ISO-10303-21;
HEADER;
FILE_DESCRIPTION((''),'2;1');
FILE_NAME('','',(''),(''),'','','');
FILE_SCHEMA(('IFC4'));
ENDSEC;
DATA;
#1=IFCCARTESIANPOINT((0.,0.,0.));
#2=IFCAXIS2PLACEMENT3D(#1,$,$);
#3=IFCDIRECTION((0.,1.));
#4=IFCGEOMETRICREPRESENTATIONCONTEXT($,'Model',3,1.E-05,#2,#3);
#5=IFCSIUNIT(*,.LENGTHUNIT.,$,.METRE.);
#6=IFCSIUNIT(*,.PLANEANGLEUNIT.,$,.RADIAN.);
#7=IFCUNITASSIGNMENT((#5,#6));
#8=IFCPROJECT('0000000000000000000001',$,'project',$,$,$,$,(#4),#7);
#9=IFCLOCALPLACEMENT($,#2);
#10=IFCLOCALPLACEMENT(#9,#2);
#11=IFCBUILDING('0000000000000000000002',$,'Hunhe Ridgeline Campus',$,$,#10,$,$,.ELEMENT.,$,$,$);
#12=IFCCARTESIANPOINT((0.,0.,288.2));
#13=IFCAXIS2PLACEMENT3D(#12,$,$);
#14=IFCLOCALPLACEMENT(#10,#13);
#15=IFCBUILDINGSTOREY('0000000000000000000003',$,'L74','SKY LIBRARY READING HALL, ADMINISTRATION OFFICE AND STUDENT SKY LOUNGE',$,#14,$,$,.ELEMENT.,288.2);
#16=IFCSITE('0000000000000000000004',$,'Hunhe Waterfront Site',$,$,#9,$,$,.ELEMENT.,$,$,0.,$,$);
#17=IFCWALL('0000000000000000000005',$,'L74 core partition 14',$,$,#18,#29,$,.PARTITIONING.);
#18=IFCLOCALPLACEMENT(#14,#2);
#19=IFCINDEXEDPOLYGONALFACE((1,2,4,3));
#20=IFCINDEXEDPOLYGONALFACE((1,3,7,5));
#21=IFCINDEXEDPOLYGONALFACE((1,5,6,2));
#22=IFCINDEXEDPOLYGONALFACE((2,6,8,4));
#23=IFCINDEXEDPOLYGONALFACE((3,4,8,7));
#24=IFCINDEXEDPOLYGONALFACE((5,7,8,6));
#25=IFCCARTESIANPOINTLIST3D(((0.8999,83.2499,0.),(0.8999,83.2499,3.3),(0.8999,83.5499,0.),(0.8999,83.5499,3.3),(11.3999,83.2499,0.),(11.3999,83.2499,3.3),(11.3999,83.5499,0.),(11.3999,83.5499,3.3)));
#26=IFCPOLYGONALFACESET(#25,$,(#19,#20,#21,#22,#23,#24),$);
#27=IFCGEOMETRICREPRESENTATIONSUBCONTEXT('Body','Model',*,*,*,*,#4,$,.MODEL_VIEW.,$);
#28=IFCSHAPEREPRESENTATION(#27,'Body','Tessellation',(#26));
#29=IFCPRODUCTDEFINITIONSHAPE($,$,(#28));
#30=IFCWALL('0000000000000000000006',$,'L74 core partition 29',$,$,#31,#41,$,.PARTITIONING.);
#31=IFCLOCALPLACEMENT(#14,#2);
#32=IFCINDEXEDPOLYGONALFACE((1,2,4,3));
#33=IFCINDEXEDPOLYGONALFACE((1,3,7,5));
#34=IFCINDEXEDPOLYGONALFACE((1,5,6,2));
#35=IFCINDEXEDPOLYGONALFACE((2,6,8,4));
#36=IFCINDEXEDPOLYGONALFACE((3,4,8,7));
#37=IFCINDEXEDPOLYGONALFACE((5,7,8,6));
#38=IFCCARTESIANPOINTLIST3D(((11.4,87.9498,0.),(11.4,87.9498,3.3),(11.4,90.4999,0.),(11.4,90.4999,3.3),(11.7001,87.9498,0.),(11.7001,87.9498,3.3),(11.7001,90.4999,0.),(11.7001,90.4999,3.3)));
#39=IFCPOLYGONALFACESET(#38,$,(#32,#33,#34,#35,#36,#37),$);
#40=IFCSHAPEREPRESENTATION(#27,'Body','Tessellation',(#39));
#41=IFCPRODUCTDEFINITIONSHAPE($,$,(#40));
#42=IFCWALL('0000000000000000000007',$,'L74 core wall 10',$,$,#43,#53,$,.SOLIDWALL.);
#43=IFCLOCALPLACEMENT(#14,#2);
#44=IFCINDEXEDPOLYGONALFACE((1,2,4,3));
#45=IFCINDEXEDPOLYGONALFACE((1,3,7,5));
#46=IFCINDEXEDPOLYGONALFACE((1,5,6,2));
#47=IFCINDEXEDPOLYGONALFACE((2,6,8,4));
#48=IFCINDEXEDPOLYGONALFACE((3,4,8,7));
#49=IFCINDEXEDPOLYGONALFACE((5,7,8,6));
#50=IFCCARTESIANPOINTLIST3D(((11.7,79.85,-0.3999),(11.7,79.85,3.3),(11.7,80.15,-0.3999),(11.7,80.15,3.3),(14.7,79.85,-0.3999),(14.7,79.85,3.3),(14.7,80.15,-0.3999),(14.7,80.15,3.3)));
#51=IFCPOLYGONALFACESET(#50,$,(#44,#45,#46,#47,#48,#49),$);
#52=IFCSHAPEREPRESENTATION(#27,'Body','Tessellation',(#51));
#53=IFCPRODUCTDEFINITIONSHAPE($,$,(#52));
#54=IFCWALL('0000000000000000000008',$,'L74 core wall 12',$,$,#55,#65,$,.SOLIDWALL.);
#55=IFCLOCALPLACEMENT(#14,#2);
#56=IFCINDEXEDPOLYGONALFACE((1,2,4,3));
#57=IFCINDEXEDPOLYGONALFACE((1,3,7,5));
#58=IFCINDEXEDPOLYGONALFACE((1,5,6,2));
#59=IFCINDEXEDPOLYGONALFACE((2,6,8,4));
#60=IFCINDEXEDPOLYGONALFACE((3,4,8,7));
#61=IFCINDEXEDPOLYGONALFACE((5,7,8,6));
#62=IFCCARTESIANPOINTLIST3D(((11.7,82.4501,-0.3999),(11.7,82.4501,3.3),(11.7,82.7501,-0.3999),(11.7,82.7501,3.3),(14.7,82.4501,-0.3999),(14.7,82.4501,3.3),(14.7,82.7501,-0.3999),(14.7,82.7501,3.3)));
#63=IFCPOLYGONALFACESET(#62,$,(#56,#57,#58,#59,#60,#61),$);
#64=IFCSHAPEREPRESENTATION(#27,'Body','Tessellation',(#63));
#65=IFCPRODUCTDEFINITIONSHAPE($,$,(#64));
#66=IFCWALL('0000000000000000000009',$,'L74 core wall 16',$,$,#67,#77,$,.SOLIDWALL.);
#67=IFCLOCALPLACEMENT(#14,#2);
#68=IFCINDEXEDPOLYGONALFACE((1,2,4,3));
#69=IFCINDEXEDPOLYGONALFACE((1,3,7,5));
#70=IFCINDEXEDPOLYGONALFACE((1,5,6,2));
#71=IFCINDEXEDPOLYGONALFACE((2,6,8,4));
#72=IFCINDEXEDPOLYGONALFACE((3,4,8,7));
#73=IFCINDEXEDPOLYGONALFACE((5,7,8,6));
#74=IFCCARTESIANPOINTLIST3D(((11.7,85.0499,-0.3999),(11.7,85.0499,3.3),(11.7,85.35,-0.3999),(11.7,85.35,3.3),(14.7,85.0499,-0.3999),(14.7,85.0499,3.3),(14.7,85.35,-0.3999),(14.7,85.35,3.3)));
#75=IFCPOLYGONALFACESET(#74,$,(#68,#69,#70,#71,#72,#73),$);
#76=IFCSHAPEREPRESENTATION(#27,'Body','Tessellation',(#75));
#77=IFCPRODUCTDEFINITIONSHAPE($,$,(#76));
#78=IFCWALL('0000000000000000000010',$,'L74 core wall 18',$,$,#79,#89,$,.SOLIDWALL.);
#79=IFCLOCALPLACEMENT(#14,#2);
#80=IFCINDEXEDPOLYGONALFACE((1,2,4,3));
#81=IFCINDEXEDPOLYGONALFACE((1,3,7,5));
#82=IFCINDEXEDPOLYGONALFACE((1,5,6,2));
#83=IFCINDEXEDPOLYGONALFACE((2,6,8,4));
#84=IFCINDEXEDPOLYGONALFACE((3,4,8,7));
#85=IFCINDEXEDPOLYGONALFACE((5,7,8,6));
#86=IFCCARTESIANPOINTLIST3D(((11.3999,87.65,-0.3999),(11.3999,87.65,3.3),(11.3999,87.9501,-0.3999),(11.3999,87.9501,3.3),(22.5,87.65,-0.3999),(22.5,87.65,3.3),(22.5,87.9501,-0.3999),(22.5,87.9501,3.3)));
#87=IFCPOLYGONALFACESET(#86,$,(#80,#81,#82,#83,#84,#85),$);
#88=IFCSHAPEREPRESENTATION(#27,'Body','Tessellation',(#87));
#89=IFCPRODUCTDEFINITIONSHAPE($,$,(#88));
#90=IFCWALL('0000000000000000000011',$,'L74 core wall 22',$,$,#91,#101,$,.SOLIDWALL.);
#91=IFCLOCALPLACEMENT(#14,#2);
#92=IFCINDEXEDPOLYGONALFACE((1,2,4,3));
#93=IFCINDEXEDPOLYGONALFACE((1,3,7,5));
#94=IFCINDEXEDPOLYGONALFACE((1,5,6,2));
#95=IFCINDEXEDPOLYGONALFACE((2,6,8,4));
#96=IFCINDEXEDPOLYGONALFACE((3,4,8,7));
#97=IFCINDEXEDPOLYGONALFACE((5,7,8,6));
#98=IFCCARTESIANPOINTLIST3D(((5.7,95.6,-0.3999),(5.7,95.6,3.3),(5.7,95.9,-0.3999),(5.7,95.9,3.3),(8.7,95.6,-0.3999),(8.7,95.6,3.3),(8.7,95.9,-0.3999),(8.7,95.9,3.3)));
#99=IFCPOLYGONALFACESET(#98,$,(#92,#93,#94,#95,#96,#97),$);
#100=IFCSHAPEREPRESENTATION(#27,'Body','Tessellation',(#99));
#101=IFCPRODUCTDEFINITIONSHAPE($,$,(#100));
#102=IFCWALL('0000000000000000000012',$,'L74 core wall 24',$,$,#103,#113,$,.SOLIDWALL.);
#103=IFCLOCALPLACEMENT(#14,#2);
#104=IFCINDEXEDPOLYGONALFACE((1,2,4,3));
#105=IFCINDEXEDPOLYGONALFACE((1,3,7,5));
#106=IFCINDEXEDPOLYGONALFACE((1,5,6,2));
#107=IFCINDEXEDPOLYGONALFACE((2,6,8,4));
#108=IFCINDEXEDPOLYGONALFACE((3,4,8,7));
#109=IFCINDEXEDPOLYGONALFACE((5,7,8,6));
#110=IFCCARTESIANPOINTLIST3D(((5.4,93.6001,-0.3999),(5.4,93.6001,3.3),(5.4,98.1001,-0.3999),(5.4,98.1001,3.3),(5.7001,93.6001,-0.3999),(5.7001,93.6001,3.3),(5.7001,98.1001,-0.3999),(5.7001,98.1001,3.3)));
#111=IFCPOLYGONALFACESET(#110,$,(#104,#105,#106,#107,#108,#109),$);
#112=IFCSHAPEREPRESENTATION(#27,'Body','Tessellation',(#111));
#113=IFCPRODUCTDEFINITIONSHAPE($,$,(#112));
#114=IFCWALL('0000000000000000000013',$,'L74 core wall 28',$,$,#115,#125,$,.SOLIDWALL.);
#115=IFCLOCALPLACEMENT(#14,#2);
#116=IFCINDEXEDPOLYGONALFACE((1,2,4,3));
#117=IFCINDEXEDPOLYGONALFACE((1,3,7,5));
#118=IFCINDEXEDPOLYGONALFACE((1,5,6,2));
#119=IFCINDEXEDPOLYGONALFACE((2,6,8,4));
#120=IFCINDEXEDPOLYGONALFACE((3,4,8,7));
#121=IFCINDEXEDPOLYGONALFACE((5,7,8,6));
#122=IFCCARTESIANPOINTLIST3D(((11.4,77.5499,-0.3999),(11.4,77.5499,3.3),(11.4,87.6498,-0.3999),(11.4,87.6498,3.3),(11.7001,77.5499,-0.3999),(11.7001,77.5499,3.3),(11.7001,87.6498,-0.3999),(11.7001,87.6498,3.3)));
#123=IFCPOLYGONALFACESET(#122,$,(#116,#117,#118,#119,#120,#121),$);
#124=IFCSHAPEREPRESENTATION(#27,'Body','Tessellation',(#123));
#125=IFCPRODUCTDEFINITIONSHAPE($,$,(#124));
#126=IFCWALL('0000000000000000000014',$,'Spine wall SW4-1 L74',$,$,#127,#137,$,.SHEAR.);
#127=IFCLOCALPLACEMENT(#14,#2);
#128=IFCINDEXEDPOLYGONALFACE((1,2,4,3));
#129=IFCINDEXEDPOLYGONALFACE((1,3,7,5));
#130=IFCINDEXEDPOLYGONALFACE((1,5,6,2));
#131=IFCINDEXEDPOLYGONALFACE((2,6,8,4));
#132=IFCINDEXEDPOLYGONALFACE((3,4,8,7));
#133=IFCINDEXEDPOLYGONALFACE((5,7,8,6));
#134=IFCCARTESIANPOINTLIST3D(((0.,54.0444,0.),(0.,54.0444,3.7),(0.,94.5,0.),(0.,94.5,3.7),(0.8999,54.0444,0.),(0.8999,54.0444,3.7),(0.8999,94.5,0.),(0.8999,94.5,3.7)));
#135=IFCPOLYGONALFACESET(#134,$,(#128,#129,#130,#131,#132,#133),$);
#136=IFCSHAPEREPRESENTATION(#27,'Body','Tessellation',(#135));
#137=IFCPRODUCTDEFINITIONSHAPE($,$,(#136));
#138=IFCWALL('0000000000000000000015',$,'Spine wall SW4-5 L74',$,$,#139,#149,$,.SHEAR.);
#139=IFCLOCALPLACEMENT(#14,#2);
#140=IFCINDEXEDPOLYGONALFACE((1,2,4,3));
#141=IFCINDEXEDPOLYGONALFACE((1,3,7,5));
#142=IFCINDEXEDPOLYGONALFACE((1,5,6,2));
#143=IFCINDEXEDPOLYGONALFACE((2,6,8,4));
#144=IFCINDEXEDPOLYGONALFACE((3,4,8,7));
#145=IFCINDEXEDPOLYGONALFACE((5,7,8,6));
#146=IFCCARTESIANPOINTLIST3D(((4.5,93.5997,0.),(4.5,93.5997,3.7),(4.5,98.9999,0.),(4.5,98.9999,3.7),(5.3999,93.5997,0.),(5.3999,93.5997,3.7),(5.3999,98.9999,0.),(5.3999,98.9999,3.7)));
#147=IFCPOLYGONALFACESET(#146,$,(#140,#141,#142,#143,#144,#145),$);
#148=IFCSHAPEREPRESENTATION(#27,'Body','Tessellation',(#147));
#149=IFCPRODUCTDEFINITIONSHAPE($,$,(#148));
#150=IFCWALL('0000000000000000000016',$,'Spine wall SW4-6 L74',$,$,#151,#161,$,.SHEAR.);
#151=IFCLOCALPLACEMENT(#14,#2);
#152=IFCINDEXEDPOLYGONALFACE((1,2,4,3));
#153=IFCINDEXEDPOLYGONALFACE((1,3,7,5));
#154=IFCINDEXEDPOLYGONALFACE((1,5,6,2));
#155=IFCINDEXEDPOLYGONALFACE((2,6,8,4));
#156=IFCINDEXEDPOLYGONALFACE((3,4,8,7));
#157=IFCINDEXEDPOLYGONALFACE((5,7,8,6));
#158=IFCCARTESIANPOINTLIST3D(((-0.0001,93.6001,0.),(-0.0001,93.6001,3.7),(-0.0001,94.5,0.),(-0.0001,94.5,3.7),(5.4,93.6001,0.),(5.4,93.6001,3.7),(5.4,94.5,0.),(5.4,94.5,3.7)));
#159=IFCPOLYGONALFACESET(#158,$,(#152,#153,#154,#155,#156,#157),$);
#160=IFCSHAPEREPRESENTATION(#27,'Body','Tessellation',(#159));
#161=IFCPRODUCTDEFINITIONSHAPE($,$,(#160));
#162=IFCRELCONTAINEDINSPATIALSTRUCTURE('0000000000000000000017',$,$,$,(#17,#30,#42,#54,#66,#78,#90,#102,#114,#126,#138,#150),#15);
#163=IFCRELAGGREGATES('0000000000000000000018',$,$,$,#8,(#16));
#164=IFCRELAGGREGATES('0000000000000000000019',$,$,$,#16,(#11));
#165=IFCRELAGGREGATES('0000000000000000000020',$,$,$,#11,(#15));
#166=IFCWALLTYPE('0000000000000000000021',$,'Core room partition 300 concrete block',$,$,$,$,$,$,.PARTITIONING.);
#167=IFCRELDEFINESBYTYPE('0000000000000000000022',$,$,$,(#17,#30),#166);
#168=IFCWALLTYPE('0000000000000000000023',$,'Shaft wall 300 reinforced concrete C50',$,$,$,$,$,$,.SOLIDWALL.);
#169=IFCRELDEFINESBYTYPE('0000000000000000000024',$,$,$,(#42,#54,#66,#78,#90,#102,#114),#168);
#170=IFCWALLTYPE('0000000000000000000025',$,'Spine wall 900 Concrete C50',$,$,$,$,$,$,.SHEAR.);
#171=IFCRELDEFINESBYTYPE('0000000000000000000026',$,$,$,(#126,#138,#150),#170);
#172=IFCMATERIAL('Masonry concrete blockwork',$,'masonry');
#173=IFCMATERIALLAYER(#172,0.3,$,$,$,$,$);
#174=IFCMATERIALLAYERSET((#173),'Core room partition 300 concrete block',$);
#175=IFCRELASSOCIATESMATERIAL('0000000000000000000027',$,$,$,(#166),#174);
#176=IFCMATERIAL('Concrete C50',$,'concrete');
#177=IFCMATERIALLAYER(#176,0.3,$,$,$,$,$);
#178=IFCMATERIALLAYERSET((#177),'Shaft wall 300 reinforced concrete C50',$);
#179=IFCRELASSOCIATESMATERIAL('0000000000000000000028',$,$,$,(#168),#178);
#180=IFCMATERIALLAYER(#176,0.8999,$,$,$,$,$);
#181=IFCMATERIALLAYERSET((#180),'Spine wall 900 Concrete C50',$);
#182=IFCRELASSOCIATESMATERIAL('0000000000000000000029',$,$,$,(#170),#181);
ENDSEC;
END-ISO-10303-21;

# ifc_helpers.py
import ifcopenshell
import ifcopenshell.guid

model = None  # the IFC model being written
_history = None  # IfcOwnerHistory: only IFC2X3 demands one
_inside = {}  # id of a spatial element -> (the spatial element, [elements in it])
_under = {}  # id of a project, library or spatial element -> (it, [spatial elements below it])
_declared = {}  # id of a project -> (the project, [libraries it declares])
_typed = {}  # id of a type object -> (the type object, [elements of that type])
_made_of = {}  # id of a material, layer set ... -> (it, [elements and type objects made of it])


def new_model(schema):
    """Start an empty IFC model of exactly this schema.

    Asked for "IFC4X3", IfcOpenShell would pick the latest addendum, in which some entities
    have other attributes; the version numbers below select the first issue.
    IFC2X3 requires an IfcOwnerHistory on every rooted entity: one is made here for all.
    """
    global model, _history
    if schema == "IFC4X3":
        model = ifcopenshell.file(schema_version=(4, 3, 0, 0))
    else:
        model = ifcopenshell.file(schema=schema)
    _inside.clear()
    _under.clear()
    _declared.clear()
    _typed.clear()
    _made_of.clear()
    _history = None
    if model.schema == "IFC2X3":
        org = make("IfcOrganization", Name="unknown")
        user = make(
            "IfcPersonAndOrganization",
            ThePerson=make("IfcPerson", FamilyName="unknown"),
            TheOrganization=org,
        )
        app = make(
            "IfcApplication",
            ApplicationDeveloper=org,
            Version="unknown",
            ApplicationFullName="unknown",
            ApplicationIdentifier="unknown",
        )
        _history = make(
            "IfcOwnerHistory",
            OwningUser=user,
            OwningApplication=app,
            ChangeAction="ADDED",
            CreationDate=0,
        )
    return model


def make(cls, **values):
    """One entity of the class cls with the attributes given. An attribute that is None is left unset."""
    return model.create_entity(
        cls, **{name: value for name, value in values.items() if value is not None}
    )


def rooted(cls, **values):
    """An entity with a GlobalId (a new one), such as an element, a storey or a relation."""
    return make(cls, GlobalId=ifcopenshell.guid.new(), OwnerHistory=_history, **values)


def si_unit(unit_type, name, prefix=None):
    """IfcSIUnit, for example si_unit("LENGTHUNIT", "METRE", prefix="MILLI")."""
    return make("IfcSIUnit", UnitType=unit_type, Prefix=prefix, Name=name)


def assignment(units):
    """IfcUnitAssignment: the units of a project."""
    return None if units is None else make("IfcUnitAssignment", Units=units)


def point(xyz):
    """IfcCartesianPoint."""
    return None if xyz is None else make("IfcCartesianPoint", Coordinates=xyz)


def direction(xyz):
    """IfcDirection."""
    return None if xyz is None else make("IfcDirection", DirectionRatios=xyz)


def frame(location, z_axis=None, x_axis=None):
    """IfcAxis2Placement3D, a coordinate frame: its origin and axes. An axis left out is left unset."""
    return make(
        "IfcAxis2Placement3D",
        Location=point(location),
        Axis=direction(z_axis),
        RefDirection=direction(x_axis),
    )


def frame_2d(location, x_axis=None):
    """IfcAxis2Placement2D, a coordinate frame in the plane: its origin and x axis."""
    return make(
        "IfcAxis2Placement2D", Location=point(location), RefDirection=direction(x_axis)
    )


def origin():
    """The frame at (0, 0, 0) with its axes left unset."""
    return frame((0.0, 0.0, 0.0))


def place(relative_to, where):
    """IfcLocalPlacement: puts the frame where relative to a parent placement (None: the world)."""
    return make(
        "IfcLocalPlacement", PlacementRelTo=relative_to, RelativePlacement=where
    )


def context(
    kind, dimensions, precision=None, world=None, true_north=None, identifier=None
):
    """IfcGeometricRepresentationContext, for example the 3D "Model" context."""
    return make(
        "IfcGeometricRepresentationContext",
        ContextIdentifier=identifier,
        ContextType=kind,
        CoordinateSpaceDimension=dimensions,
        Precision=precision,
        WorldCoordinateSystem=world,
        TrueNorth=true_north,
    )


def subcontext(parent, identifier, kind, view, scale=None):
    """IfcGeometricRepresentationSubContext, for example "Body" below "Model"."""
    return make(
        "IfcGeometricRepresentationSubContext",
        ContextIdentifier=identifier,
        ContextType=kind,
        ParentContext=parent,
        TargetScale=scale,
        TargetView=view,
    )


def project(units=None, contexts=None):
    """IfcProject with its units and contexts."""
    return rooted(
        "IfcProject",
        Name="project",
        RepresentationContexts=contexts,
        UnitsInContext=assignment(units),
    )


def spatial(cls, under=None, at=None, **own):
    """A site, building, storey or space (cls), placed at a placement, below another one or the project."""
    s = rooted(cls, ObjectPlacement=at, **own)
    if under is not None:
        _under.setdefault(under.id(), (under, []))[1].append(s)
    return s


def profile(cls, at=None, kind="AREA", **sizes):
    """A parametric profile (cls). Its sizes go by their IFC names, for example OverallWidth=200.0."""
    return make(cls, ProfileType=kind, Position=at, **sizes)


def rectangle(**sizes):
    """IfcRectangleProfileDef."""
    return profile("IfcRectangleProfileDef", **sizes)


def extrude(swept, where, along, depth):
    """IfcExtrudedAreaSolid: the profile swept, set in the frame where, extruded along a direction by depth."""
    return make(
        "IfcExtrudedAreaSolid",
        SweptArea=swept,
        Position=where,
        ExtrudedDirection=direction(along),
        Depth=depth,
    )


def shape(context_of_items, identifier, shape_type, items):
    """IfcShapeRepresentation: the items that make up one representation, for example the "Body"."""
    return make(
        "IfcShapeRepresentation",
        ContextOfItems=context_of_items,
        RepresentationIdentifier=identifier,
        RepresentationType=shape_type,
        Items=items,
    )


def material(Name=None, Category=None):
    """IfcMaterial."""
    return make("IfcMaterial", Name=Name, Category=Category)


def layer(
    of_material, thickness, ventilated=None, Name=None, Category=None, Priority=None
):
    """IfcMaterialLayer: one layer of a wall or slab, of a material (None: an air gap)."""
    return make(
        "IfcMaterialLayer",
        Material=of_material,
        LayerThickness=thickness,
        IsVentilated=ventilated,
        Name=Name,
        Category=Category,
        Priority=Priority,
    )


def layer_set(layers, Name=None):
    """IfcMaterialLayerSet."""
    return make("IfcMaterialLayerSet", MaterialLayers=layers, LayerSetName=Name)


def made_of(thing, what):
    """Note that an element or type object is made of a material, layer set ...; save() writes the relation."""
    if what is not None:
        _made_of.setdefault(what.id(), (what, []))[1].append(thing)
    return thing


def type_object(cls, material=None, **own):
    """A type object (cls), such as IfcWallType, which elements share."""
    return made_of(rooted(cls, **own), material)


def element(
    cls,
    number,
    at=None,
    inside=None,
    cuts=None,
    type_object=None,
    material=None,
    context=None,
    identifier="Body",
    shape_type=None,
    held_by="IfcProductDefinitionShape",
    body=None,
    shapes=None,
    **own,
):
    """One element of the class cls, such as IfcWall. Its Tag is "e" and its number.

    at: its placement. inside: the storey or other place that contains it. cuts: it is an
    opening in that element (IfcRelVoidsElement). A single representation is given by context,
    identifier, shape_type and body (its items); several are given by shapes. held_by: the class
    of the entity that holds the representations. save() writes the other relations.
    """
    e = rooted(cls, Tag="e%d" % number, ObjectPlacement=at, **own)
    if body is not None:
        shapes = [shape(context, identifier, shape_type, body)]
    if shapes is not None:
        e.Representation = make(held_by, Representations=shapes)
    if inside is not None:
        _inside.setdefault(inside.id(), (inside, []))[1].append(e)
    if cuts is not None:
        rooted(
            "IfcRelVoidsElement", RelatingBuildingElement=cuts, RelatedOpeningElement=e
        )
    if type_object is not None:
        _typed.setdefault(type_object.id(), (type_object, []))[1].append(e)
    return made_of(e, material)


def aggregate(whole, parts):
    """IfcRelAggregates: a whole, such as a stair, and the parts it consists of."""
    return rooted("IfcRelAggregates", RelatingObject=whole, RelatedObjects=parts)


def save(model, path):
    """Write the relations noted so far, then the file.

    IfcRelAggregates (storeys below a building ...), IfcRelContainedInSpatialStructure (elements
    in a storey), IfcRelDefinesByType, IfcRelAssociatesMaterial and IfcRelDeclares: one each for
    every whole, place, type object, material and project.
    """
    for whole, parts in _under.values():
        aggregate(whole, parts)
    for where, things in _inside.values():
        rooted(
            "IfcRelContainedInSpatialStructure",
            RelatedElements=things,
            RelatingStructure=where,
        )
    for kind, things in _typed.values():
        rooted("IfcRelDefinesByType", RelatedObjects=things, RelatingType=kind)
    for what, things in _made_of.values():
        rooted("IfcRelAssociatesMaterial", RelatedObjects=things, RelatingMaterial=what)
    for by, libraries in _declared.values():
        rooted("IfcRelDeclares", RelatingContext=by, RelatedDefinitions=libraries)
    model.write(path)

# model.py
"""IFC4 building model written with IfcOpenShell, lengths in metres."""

from ifc_helpers import new_model, si_unit, direction, frame, frame_2d, origin, place, context, subcontext, project, spatial, rectangle, extrude, material, layer, layer_set, type_object, element, save


model = new_model("IFC4")

# Units and contexts
model_context = context("Model", 3, precision=1e-05, world=origin(), true_north=direction((0.0, 1.0)))
body_context = subcontext(model_context, "Body", "Model", "MODEL_VIEW")
ifc_project = project(units=[si_unit("LENGTHUNIT", "METRE"), si_unit("PLANEANGLEUNIT", "RADIAN")], contexts=[model_context])

# Site, building, storey
site_placement = place(None, origin())
site = spatial("IfcSite", under=ifc_project, at=site_placement, Name="Hunhe Waterfront Site", CompositionType="ELEMENT", RefElevation=0.0)
building_placement = place(site_placement, origin())
building = spatial("IfcBuilding", under=site, at=building_placement, Name="Hunhe Ridgeline Campus", CompositionType="ELEMENT")
storey_placement = place(building_placement, frame((0.0, 0.0, 288.2)))
storey = spatial("IfcBuildingStorey", under=building, at=storey_placement, Name="L74", Description="SKY LIBRARY READING HALL, ADMINISTRATION OFFICE AND STUDENT SKY LOUNGE", CompositionType="ELEMENT", Elevation=288.2)

# Walls
ifc_material_1 = material(Name="Masonry concrete blockwork", Category="masonry")
ifc_layer_1 = layer(ifc_material_1, 0.3)
ifc_layer_set_1 = layer_set([ifc_layer_1], Name="Core room partition 300 concrete block")
wall_type_1 = type_object("IfcWallType", Name="Core room partition 300 concrete block", PredefinedType="PARTITIONING", material=ifc_layer_set_1)
wall_1_placement = place(storey_placement, frame((0.8999, 83.3999, 0.0), z_axis=(0.0, 0.0, 1.0), x_axis=(1.0, 0.0, 0.0)))
element("IfcWall", 1, at=wall_1_placement, inside=storey, type_object=wall_type_1, Name="L74 core partition 14", PredefinedType="PARTITIONING", context=body_context, shape_type="SweptSolid", body=[
    extrude(rectangle(XDim=10.5, YDim=0.3, at=frame_2d((5.25, 0.0))), origin(), (0.0, 0.0, 1.0), 3.3),
])
wall_2_placement = place(storey_placement, frame((11.55, 87.95, 0.0), z_axis=(0.0, 0.0, 1.0), x_axis=(0.0, 1.0, 0.0)))
element("IfcWall", 2, at=wall_2_placement, inside=storey, type_object=wall_type_1, Name="L74 core partition 29", PredefinedType="PARTITIONING", context=body_context, shape_type="SweptSolid", body=[
    extrude(rectangle(XDim=2.55, YDim=0.3, at=frame_2d((1.2749, 0.0))), origin(), (0.0, 0.0, 1.0), 3.3),
])

# Shared definitions
ifc_material_2 = material(Name="Concrete C50", Category="concrete")

# Walls
ifc_layer_2 = layer(ifc_material_2, 0.3)
ifc_layer_set_2 = layer_set([ifc_layer_2], Name="Shaft wall 300 reinforced concrete C50")
wall_type_2 = type_object("IfcWallType", Name="Shaft wall 300 reinforced concrete C50", PredefinedType="SOLIDWALL", material=ifc_layer_set_2)
for number, where, z_axis, x_axis, name in (
    (3, (11.7, 80.0, -0.3999), (0.0, 0.0, 1.0), (1.0, 0.0, 0.0), "L74 core wall 10"),
    (4, (11.7, 82.6001, -0.3999), (0.0, 0.0, 1.0), (1.0, 0.0, 0.0), "L74 core wall 12"),
    (5, (11.7, 85.2, -0.3999), (0.0, 0.0, 1.0), (1.0, 0.0, 0.0), "L74 core wall 16"),
):
    element("IfcWall", number, at=place(storey_placement, frame(where, z_axis=z_axis, x_axis=x_axis)), inside=storey, type_object=wall_type_2, Name=name, PredefinedType="SOLIDWALL", context=body_context, shape_type="SweptSolid", body=[
        extrude(rectangle(XDim=3.0, YDim=0.3, at=frame_2d((1.5, 0.0))), origin(), (0.0, 0.0, 1.0), 3.7),
    ])
wall_3_placement = place(storey_placement, frame((11.3999, 87.8, -0.3999), z_axis=(0.0, 0.0, 1.0), x_axis=(1.0, 0.0, 0.0)))
element("IfcWall", 6, at=wall_3_placement, inside=storey, type_object=wall_type_2, Name="L74 core wall 18", PredefinedType="SOLIDWALL", context=body_context, shape_type="SweptSolid", body=[
    extrude(rectangle(XDim=11.1001, YDim=0.3, at=frame_2d((5.55, 0.0))), origin(), (0.0, 0.0, 1.0), 3.7),
])

# Walls
wall_4_placement = place(storey_placement, frame((5.7, 95.75, -0.3999), z_axis=(0.0, 0.0, 1.0), x_axis=(1.0, 0.0, 0.0)))
element("IfcWall", 7, at=wall_4_placement, inside=storey, type_object=wall_type_2, Name="L74 core wall 22", PredefinedType="SOLIDWALL", context=body_context, shape_type="SweptSolid", body=[
    extrude(rectangle(XDim=3.0, YDim=0.3, at=frame_2d((1.5, 0.0))), origin(), (0.0, 0.0, 1.0), 3.7),
])
wall_5_placement = place(storey_placement, frame((5.55, 93.6001, -0.3999), z_axis=(0.0, 0.0, 1.0), x_axis=(0.0, 1.0, 0.0)))
element("IfcWall", 8, at=wall_5_placement, inside=storey, type_object=wall_type_2, Name="L74 core wall 24", PredefinedType="SOLIDWALL", context=body_context, shape_type="SweptSolid", body=[
    extrude(rectangle(XDim=4.5, YDim=0.3, at=frame_2d((2.25, 0.0))), origin(), (0.0, 0.0, 1.0), 3.7),
])

# Walls
wall_6_placement = place(storey_placement, frame((11.55, 77.55, -0.3999), z_axis=(0.0, 0.0, 1.0), x_axis=(0.0, 1.0, 0.0)))
element("IfcWall", 9, at=wall_6_placement, inside=storey, type_object=wall_type_2, Name="L74 core wall 28", PredefinedType="SOLIDWALL", context=body_context, shape_type="SweptSolid", body=[
    extrude(rectangle(XDim=10.0999, YDim=0.3, at=frame_2d((5.0498, 0.0))), origin(), (0.0, 0.0, 1.0), 3.7),
])
ifc_layer_3 = layer(ifc_material_2, 0.8999)
ifc_layer_set_3 = layer_set([ifc_layer_3], Name="Spine wall 900 Concrete C50")
wall_type_3 = type_object("IfcWallType", Name="Spine wall 900 Concrete C50", PredefinedType="SHEAR", material=ifc_layer_set_3)
wall_7_placement = place(storey_placement, frame((0.45, 94.5, 0.0), z_axis=(0.0, 0.0, 1.0), x_axis=(0.0, -1.0, 0.0)))
element("IfcWall", 10, at=wall_7_placement, inside=storey, type_object=wall_type_3, Name="Spine wall SW4-1 L74", PredefinedType="SHEAR", context=body_context, shape_type="SweptSolid", body=[
    extrude(rectangle(XDim=40.4556, YDim=0.8999, at=frame_2d((20.2278, 0.0))), origin(), (0.0, 0.0, 1.0), 3.7),
])
for number, where, z_axis, x_axis, name in (
    (11, (4.95, 99.0, 0.0), (0.0, 0.0, 1.0), (0.0, -1.0, 0.0), "Spine wall SW4-5 L74"),
    (12, (5.4001, 94.05, 0.0), (0.0, 0.0, 1.0), (-1.0, 0.0, 0.0), "Spine wall SW4-6 L74"),
):
    element("IfcWall", number, at=place(storey_placement, frame(where, z_axis=z_axis, x_axis=x_axis)), inside=storey, type_object=wall_type_3, Name=name, PredefinedType="SHEAR", context=body_context, shape_type="SweptSolid", body=[
        extrude(rectangle(XDim=5.4001, YDim=0.8999, at=frame_2d((2.7002, 0.0))), origin(), (0.0, 0.0, 1.0), 3.7),
    ])

save(model, "model.ifc")
